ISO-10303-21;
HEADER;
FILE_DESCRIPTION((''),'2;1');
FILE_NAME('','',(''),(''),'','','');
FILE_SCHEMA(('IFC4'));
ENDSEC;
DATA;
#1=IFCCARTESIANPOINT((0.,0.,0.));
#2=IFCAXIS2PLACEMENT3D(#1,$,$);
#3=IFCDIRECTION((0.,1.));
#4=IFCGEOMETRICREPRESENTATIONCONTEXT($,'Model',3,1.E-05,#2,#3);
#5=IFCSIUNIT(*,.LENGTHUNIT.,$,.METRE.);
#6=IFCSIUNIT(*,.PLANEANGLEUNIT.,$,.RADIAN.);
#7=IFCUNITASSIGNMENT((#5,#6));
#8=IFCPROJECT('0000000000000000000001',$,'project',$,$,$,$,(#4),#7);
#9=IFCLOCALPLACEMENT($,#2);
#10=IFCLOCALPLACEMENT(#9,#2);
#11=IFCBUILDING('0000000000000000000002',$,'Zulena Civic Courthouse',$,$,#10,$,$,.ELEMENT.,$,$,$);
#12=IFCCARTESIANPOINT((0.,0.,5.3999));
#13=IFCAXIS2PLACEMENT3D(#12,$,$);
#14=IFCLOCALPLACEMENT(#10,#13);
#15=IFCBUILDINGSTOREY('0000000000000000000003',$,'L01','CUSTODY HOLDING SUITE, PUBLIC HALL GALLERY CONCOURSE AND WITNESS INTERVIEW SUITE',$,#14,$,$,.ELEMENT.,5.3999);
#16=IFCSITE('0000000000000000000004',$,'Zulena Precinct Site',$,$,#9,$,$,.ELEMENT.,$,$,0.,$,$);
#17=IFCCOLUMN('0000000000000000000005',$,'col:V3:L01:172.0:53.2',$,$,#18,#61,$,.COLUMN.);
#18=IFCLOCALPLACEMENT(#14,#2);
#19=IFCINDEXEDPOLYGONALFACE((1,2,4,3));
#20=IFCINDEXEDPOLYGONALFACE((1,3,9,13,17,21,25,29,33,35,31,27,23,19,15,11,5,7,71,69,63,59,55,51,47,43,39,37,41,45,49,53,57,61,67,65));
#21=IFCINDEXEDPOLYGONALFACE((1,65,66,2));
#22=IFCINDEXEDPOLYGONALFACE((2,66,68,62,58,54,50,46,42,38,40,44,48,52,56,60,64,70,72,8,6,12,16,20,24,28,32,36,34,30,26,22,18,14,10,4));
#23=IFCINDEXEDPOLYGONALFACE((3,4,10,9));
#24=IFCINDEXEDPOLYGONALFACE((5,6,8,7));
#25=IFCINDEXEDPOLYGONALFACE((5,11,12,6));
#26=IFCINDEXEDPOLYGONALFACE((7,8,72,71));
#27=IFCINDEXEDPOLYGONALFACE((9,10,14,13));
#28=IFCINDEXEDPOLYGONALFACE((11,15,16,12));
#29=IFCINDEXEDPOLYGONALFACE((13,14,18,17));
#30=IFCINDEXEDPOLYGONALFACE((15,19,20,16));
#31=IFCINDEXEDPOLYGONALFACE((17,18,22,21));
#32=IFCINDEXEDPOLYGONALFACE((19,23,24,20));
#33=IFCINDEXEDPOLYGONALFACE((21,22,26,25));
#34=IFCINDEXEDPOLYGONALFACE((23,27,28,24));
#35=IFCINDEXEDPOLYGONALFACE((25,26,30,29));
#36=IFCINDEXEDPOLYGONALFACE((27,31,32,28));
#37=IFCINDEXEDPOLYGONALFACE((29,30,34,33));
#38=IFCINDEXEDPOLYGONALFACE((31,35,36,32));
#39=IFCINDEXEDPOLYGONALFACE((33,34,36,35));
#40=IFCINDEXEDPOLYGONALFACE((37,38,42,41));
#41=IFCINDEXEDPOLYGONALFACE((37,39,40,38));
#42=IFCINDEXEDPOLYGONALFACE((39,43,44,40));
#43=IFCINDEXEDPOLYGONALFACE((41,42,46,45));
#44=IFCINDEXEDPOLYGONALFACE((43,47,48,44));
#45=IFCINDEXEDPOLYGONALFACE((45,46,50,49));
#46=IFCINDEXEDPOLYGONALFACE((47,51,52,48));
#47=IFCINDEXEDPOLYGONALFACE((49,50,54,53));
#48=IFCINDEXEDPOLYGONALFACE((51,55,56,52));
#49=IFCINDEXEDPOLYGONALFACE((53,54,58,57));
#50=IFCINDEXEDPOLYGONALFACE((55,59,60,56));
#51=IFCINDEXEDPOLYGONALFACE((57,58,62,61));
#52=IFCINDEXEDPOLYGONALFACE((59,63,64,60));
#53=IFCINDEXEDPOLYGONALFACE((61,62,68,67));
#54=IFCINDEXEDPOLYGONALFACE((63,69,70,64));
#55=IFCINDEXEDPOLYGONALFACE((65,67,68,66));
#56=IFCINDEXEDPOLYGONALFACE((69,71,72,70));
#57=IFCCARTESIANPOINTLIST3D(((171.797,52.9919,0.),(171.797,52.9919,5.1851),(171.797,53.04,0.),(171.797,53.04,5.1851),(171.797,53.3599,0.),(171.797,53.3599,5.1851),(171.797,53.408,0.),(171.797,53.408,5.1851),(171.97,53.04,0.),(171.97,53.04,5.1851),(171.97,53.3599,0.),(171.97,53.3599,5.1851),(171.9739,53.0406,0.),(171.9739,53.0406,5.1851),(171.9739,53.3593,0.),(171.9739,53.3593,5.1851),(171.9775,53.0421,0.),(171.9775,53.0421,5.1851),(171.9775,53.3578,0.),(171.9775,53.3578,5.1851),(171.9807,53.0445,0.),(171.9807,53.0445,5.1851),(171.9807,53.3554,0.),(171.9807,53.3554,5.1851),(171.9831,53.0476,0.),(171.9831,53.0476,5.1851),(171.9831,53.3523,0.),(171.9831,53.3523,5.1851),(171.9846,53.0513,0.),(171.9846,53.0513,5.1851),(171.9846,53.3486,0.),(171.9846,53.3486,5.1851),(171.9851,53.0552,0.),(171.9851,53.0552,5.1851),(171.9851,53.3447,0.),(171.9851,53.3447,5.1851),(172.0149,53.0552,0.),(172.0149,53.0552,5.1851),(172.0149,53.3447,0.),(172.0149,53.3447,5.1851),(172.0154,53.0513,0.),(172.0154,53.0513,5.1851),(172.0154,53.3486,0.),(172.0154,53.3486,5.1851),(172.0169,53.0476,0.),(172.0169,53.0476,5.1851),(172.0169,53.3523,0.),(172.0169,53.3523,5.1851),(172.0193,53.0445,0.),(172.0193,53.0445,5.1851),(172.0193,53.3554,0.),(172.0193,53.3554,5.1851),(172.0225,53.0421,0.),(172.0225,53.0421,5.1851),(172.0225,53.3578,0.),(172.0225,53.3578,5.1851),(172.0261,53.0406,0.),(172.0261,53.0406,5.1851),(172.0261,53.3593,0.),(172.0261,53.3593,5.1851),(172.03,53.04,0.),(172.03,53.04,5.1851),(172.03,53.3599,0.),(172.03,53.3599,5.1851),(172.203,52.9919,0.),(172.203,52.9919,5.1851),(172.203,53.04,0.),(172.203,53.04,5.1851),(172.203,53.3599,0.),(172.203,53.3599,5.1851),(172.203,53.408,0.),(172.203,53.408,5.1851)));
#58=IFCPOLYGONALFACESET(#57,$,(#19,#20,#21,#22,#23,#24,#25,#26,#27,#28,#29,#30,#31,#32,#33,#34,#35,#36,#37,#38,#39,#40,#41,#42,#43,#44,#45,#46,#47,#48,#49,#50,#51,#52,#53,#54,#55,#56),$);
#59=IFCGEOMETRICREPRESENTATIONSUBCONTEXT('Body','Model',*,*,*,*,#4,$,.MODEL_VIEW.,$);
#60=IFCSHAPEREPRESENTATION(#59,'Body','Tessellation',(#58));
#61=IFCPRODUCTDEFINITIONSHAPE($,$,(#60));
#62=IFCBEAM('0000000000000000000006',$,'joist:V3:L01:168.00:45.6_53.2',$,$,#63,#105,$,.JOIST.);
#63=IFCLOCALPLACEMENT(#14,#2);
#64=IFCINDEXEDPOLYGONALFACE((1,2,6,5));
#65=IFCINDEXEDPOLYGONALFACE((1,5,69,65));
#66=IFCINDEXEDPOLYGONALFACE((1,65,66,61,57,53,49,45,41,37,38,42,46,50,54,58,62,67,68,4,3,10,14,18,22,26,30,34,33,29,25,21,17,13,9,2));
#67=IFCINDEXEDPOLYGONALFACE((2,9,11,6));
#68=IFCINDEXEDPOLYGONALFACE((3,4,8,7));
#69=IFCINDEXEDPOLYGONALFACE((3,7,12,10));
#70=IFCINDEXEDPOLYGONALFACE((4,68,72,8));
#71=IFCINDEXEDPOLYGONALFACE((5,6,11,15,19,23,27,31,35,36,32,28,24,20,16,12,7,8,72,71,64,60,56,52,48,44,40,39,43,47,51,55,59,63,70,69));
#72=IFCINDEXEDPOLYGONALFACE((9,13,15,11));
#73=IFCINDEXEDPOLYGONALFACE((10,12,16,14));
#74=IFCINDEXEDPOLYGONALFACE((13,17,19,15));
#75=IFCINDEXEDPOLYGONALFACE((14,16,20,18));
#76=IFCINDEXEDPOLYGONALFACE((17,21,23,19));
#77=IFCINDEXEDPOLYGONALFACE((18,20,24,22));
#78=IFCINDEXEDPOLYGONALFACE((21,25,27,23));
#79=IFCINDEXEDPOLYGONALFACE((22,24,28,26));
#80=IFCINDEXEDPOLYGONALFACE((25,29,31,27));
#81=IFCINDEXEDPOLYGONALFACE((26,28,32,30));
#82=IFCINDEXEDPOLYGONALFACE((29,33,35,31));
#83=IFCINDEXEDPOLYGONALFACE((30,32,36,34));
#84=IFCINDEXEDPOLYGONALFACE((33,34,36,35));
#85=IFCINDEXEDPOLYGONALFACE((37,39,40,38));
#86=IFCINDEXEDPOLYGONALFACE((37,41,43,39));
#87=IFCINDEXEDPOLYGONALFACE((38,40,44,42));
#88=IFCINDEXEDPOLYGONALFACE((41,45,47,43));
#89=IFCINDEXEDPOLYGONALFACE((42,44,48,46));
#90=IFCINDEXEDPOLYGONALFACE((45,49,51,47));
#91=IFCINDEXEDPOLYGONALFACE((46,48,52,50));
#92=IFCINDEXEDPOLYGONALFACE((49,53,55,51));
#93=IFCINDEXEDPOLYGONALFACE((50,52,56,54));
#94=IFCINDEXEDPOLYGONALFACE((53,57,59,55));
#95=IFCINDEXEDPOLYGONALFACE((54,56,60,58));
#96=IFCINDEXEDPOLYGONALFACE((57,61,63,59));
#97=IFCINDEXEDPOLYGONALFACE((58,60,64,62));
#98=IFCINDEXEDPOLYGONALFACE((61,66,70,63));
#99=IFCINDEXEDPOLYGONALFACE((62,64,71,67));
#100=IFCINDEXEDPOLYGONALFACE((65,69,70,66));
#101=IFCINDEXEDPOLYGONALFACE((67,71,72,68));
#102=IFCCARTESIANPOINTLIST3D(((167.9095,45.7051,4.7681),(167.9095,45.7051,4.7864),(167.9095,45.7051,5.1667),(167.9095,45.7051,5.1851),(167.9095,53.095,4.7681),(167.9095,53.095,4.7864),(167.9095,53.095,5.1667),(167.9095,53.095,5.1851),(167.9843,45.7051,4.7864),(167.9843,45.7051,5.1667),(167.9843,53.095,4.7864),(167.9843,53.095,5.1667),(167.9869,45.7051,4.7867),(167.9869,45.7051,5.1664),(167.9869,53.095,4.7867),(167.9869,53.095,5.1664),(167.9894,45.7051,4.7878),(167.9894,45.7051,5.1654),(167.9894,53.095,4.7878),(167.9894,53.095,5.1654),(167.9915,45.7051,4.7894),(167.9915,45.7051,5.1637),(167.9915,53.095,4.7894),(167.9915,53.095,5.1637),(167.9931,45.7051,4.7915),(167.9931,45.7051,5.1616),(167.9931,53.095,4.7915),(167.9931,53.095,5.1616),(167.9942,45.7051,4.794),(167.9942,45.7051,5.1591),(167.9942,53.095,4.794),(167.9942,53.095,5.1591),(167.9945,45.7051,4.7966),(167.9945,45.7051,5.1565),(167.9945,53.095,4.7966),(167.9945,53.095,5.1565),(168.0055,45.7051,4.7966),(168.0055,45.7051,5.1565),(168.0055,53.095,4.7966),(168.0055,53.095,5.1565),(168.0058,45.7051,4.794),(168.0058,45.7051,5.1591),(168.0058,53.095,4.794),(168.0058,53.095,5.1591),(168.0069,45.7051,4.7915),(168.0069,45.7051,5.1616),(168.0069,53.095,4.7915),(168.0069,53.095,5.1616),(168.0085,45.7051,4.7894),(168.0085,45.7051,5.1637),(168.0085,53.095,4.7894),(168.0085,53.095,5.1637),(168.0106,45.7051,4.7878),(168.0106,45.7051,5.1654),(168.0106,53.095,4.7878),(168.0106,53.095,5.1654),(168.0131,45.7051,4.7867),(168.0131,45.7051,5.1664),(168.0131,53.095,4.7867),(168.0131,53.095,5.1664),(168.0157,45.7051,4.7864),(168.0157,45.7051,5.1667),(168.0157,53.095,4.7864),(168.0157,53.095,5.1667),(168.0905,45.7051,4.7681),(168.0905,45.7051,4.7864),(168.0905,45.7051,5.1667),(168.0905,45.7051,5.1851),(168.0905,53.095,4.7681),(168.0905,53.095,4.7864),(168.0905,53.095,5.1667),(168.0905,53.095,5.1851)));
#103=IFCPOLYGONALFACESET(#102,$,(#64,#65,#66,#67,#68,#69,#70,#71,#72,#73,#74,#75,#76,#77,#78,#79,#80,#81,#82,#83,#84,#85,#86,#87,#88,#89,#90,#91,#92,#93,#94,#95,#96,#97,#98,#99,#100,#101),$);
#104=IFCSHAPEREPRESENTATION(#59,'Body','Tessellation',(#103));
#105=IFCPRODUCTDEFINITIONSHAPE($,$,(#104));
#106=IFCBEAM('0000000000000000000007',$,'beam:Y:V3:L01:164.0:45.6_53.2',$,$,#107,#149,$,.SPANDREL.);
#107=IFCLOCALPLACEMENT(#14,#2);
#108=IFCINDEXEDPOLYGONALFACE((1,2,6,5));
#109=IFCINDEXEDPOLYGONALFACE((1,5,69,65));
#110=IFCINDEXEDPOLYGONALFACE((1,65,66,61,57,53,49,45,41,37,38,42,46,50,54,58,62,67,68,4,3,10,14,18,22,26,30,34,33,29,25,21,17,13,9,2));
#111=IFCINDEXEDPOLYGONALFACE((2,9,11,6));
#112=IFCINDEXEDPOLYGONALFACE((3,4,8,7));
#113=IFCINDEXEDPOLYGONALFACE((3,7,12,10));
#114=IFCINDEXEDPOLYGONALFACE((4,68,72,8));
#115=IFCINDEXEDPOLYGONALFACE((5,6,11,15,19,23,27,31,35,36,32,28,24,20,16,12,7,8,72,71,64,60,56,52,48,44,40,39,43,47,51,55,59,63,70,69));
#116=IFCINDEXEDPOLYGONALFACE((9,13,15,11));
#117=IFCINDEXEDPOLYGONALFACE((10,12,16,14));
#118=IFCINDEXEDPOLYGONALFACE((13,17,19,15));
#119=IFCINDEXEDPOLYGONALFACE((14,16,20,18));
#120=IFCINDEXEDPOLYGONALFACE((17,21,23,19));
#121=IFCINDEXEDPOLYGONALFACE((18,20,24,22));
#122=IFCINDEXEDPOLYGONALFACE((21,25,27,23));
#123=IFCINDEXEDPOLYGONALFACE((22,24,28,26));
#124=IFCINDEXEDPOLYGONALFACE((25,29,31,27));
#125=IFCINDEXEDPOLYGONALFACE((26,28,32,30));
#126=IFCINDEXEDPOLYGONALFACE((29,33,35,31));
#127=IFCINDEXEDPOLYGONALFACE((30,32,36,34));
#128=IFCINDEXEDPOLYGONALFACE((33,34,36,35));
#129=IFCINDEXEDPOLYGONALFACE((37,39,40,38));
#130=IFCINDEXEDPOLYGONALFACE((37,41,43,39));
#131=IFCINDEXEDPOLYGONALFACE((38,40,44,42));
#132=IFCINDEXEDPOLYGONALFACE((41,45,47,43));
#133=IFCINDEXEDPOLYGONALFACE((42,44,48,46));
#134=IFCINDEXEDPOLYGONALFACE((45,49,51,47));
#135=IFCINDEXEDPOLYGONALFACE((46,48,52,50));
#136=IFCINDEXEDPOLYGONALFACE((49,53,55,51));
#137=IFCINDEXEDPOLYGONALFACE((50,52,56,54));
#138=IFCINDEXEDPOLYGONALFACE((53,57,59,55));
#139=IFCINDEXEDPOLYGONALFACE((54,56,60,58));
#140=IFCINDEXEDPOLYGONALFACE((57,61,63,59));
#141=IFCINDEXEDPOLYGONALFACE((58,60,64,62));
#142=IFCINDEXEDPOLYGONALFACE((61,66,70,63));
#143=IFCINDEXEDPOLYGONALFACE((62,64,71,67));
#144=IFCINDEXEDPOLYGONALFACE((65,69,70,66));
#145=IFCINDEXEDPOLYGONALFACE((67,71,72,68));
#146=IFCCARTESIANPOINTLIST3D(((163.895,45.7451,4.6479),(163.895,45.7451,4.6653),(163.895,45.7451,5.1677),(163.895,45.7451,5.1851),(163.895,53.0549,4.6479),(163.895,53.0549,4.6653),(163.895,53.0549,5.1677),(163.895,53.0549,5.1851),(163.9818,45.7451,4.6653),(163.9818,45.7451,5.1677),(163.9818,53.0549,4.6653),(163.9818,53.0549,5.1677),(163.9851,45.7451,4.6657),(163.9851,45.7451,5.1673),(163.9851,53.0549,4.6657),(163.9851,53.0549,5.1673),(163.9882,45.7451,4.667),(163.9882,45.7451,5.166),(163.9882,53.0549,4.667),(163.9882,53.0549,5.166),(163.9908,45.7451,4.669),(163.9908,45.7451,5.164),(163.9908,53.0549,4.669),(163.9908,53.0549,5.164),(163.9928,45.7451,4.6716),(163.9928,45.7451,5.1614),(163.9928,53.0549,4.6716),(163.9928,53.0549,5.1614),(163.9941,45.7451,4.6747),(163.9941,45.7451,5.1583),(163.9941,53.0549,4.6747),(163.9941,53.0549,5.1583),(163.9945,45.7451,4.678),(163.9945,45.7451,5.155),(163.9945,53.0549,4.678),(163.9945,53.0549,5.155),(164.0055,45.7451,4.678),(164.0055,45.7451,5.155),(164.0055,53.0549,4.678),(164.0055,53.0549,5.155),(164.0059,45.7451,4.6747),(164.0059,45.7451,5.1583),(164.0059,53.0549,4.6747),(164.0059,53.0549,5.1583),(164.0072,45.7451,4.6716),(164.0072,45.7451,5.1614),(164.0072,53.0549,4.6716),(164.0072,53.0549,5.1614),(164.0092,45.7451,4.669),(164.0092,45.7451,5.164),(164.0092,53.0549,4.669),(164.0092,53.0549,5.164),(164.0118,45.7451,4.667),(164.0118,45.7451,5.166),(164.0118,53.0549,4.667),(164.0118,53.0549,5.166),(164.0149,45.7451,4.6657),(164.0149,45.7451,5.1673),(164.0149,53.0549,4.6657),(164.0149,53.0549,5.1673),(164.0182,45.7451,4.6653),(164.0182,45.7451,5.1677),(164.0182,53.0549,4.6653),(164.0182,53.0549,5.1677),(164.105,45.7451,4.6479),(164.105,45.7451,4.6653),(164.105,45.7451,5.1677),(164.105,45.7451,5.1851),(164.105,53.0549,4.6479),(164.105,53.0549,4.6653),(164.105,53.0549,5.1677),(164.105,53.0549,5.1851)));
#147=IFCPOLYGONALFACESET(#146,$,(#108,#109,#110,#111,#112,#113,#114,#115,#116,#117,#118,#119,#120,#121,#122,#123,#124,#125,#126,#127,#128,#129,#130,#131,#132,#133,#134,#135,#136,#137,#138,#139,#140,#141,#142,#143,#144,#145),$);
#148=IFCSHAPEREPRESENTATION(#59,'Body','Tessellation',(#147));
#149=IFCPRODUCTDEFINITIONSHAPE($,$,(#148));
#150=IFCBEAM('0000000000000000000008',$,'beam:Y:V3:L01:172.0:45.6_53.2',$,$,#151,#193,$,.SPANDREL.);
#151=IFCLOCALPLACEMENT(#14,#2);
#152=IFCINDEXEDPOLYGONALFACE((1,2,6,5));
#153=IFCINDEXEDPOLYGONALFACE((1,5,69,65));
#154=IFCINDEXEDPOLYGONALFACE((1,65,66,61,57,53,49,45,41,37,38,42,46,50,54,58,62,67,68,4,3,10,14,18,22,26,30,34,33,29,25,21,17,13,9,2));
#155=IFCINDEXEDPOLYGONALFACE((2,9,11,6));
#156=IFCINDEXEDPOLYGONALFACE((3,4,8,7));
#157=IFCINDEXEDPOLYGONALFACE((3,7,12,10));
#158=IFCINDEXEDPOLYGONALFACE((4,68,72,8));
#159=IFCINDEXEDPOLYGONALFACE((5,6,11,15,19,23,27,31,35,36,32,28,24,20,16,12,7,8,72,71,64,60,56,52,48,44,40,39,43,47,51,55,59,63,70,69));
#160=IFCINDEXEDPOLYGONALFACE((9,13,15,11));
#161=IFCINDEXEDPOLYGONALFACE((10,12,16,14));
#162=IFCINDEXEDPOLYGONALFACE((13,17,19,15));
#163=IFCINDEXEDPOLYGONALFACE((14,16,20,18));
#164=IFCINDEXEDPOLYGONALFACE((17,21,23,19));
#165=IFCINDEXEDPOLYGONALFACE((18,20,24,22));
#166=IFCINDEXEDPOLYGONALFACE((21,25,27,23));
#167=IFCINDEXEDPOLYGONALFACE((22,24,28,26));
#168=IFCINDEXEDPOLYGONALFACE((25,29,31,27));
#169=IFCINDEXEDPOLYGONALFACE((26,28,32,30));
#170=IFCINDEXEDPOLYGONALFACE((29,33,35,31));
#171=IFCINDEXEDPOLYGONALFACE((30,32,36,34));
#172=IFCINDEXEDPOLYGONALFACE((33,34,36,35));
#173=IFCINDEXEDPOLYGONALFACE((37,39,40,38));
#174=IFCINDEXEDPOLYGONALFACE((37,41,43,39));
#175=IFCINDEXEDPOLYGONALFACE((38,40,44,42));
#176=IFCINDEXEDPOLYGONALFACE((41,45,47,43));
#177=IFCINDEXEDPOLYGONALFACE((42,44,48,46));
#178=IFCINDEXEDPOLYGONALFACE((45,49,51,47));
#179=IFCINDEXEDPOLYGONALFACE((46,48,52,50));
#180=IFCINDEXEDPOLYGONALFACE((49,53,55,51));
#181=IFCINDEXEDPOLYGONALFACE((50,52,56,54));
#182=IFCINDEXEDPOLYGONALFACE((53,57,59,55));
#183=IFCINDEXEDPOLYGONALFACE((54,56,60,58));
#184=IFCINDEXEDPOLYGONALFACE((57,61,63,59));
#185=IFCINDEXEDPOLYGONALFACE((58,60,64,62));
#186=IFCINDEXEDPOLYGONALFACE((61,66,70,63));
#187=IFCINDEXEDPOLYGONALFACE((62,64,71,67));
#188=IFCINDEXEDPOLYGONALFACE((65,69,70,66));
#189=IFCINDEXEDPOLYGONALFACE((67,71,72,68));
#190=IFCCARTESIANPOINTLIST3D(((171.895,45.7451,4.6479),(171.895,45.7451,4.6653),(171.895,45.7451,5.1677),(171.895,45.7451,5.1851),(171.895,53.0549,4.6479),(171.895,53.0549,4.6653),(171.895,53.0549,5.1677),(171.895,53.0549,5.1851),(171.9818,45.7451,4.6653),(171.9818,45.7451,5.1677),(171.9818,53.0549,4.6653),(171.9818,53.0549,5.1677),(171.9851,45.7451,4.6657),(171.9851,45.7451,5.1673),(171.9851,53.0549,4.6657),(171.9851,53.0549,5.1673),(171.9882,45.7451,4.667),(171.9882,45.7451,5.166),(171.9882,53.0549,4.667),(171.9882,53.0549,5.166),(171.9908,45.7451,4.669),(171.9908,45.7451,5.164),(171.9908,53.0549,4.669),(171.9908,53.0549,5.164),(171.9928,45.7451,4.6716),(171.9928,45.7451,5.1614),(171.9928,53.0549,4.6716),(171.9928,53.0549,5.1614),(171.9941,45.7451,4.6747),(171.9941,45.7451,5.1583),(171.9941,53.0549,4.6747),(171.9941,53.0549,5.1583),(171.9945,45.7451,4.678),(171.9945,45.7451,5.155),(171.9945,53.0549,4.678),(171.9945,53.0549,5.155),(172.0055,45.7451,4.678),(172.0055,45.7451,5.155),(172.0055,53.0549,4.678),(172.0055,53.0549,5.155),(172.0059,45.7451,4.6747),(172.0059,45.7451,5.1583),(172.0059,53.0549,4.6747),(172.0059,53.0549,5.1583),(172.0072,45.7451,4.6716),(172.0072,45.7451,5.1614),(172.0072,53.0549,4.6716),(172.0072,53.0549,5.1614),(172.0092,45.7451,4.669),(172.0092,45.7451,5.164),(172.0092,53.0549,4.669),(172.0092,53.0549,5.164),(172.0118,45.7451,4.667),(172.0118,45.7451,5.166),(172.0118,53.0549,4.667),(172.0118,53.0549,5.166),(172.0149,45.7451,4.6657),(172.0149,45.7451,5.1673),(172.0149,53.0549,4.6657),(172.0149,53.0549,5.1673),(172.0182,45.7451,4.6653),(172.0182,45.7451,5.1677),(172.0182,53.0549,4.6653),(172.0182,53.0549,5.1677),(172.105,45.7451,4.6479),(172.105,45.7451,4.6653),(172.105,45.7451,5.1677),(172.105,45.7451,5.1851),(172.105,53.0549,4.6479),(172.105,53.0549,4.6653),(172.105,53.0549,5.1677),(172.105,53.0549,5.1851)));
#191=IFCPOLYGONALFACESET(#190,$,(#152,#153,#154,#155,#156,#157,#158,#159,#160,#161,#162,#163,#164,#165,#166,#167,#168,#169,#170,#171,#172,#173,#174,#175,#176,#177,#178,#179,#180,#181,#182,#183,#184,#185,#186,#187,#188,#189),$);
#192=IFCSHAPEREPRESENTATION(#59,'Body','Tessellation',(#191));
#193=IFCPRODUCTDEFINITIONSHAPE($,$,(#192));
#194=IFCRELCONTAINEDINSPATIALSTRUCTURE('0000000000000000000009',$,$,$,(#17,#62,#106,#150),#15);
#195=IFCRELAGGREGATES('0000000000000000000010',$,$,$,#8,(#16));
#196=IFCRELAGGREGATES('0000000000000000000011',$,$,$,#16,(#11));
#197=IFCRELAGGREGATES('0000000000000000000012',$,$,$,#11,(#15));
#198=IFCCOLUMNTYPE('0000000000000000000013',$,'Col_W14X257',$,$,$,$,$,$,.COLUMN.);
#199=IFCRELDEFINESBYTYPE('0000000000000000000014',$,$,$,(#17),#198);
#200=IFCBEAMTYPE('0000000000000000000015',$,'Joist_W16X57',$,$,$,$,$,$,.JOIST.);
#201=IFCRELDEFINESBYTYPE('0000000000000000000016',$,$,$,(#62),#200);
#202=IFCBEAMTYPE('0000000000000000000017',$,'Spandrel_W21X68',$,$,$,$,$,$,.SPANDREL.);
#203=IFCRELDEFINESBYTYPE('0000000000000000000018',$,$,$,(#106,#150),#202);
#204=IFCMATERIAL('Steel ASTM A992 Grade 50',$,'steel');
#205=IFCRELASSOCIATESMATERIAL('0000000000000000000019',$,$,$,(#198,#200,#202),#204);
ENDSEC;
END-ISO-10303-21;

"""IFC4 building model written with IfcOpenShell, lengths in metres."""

from ifc_helpers import new_model, si_unit, direction, frame, origin, origin_2d, place, context, subcontext, project, spatial, i_section, extrude, material, material_profile, profile_set, type_object, element, save


model = new_model("IFC4")

# Units and contexts
model_context = context("Model", 3, precision=1e-05, world=origin(), true_north=direction((0.0, 1.0)))
body_context = subcontext(model_context, "Body", "Model", "MODEL_VIEW")
ifc_project = project(units=[si_unit("LENGTHUNIT", "METRE"), si_unit("PLANEANGLEUNIT", "RADIAN")], contexts=[model_context])

# Site, building, storey
site_placement = place(None, origin())
site = spatial("IfcSite", under=ifc_project, at=site_placement, Name="Zulena Precinct Site", CompositionType="ELEMENT", RefElevation=0.0)
building_placement = place(site_placement, origin())
building = spatial("IfcBuilding", under=site, at=building_placement, Name="Zulena Civic Courthouse", CompositionType="ELEMENT")
storey_placement = place(building_placement, frame((0.0, 0.0, 5.3999)))
storey = spatial("IfcBuildingStorey", under=building, at=storey_placement, Name="L01", Description="CUSTODY HOLDING SUITE, PUBLIC HALL GALLERY CONCOURSE AND WITNESS INTERVIEW SUITE", CompositionType="ELEMENT", Elevation=5.3999)

# Column
ifc_material_1 = material(Name="Steel ASTM A992 Grade 50", Category="steel")
ifc_material_profile_1 = material_profile(ifc_material_1, i_section(OverallWidth=0.406, OverallDepth=0.416, WebThickness=0.0298, FlangeThickness=0.0481, FilletRadius=0.0151, at=origin_2d()), Name="W14X257")
ifc_profile_set_1 = profile_set([ifc_material_profile_1], Name="Steel ASTM A992 Grade 50")
column_type_1 = type_object("IfcColumnType", Name="Col_W14X257", PredefinedType="COLUMN", material=ifc_profile_set_1)
for number, where, z_axis, x_axis, name in (
    (1, (172.0, 53.2, 0.0), (0.0, 0.0, 1.0), (1.0, 0.0, 0.0), "col:V3:L01:172.0:53.2"),
):
    element("IfcColumn", number, at=place(storey_placement, frame(where, z_axis=z_axis, x_axis=x_axis)), inside=storey, type_object=column_type_1, Name=name, PredefinedType="COLUMN", context=body_context, shape_type="SweptSolid", body=[
        extrude(i_section(OverallWidth=0.406, OverallDepth=0.416, WebThickness=0.0298, FlangeThickness=0.0481, FilletRadius=0.0151, at=origin_2d()), origin(), (0.0, 0.0, 1.0), 5.1851),
    ])

# Beams
ifc_material_profile_2 = material_profile(ifc_material_1, i_section(OverallWidth=0.1809, OverallDepth=0.417, WebThickness=0.011, FlangeThickness=0.0183, FilletRadius=0.0103, at=origin_2d()), Name="W16X57")
ifc_profile_set_2 = profile_set([ifc_material_profile_2], Name="Steel ASTM A992 Grade 50")
beam_type_1 = type_object("IfcBeamType", Name="Joist_W16X57", PredefinedType="JOIST", material=ifc_profile_set_2)
beam_1_placement = place(storey_placement, frame((168.0, 45.7051, 4.9766), z_axis=(0.0, 1.0, 0.0), x_axis=(-1.0, 0.0, 0.0)))
element("IfcBeam", 2, at=beam_1_placement, inside=storey, type_object=beam_type_1, Name="joist:V3:L01:168.00:45.6_53.2", PredefinedType="JOIST", context=body_context, shape_type="SweptSolid", body=[
    extrude(i_section(OverallWidth=0.1809, OverallDepth=0.417, WebThickness=0.011, FlangeThickness=0.0183, FilletRadius=0.0103, at=origin_2d()), origin(), (0.0, 0.0, 1.0), 7.3899),
])
ifc_material_profile_3 = material_profile(ifc_material_1, i_section(OverallWidth=0.21, OverallDepth=0.5371, WebThickness=0.011, FlangeThickness=0.0173, FilletRadius=0.0127, at=origin_2d()), Name="W21X68")
ifc_profile_set_3 = profile_set([ifc_material_profile_3], Name="Steel ASTM A992 Grade 50")
beam_type_2 = type_object("IfcBeamType", Name="Spandrel_W21X68", PredefinedType="SPANDREL", material=ifc_profile_set_3)
for number, where, z_axis, x_axis, name in (
    (3, (164.0, 45.7451, 4.9165), (0.0, 1.0, 0.0), (-1.0, 0.0, 0.0), "beam:Y:V3:L01:164.0:45.6_53.2"),
    (4, (172.0, 45.7451, 4.9165), (0.0, 1.0, 0.0), (-1.0, 0.0, 0.0), "beam:Y:V3:L01:172.0:45.6_53.2"),
):
    element("IfcBeam", number, at=place(storey_placement, frame(where, z_axis=z_axis, x_axis=x_axis)), inside=storey, type_object=beam_type_2, Name=name, PredefinedType="SPANDREL", context=body_context, shape_type="SweptSolid", body=[
        extrude(i_section(OverallWidth=0.21, OverallDepth=0.5371, WebThickness=0.011, FlangeThickness=0.0173, FilletRadius=0.0127, at=origin_2d()), origin(), (0.0, 0.0, 1.0), 7.3098),
    ])

save(model, "model.ifc")
